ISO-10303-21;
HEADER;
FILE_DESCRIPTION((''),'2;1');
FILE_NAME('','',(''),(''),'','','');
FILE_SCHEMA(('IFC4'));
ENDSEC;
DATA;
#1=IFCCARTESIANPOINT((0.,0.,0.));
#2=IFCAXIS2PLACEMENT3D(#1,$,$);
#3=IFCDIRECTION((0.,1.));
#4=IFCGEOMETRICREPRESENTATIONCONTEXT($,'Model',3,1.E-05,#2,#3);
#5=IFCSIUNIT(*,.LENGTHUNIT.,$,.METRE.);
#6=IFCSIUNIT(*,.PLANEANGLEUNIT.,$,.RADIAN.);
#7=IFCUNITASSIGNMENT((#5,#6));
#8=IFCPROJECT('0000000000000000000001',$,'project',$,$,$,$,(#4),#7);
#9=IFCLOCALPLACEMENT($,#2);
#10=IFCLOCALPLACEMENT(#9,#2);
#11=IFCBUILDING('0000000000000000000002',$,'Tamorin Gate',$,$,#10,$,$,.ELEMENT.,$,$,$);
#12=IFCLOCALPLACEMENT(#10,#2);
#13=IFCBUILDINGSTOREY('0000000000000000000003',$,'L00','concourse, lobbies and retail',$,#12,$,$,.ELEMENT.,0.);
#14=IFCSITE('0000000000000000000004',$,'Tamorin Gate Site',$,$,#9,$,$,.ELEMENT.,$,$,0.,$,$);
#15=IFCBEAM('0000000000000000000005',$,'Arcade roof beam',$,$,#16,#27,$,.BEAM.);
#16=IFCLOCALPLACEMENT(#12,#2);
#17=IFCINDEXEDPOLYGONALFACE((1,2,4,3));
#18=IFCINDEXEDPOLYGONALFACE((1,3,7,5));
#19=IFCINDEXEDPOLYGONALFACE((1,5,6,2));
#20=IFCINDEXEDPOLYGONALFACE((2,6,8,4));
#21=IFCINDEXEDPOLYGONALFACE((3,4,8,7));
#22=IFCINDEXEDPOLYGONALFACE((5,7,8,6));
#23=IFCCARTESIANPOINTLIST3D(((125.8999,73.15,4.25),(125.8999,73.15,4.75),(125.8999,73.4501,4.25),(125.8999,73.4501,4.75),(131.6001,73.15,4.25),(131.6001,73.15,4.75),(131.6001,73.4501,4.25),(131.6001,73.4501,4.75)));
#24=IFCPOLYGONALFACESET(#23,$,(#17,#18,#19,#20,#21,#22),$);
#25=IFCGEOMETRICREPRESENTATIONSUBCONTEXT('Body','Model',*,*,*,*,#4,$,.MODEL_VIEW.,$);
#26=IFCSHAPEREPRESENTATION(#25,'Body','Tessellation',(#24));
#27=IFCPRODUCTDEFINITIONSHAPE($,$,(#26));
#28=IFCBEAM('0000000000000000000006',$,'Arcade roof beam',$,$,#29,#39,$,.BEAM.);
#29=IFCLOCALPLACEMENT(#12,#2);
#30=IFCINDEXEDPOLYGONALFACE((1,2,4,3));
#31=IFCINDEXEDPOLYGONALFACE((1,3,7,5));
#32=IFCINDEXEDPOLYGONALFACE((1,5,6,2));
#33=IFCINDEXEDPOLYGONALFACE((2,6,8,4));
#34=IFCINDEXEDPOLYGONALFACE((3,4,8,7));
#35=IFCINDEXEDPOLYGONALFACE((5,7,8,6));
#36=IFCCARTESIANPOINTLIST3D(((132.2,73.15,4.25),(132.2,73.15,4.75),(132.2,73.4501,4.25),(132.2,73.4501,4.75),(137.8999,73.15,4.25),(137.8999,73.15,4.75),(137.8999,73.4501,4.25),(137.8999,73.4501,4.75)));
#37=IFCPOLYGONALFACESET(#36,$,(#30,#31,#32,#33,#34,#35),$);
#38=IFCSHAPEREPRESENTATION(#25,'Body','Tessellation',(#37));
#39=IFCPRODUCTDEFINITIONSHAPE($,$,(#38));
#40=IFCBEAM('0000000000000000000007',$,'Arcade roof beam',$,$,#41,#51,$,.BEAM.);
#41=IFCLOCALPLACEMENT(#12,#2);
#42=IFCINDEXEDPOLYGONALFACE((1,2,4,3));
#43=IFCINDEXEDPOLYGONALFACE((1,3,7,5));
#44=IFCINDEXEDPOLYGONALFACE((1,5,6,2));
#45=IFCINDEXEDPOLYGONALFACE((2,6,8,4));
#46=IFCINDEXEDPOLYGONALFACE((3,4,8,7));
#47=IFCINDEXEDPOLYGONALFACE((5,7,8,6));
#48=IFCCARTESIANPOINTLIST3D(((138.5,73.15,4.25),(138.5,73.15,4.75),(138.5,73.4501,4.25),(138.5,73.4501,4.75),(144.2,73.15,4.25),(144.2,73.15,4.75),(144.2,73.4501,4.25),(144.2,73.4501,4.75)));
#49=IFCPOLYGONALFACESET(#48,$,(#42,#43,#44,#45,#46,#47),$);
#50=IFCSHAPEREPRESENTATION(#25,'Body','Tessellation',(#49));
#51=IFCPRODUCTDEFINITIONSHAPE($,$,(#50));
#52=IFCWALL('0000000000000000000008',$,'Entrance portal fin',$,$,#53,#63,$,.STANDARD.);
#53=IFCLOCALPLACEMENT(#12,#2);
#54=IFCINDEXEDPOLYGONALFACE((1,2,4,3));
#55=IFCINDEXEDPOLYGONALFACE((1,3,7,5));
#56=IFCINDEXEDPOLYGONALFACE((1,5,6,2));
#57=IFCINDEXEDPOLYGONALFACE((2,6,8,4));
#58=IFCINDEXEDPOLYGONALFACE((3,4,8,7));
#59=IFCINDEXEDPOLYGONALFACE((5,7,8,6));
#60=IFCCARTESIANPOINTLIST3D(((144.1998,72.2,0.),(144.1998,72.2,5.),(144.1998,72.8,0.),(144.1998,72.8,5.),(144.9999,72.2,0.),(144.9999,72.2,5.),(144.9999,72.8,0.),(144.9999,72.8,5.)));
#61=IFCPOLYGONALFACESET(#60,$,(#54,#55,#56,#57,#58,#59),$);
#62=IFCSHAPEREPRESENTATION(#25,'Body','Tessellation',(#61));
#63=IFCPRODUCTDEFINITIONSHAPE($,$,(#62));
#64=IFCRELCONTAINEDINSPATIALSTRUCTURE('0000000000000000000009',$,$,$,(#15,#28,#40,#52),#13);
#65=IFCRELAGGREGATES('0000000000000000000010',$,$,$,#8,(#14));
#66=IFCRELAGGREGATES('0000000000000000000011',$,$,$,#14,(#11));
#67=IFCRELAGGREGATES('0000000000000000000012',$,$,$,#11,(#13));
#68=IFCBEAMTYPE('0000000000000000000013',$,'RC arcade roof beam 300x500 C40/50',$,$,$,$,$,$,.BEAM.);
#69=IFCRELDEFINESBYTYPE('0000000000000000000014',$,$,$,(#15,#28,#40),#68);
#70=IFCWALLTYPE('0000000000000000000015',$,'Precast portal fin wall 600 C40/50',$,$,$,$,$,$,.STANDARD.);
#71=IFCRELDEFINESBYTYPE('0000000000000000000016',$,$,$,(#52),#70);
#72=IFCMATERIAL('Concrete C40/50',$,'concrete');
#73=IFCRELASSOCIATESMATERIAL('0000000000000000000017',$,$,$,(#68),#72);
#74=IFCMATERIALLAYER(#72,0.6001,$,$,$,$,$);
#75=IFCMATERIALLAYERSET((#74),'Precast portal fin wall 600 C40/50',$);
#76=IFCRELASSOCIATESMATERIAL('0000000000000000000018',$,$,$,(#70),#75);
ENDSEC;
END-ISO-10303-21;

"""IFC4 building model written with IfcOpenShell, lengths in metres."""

from ifc_helpers import new_model, si_unit, direction, frame, frame_2d, origin, origin_2d, place, context, subcontext, project, spatial, rectangle, extrude, material, layer, layer_set, material_profile, profile_set, type_object, element, save


model = new_model("IFC4")

# Units and contexts
model_context = context("Model", 3, precision=1e-05, world=origin(), true_north=direction((0.0, 1.0)))
body_context = subcontext(model_context, "Body", "Model", "MODEL_VIEW")
ifc_project = project(units=[si_unit("LENGTHUNIT", "METRE"), si_unit("PLANEANGLEUNIT", "RADIAN")], contexts=[model_context])

# Site, building, storey
site_placement = place(None, origin())
site = spatial("IfcSite", under=ifc_project, at=site_placement, Name="Tamorin Gate Site", CompositionType="ELEMENT", RefElevation=0.0)
building_placement = place(site_placement, origin())
building = spatial("IfcBuilding", under=site, at=building_placement, Name="Tamorin Gate", CompositionType="ELEMENT")
storey_placement = place(building_placement, origin())
storey = spatial("IfcBuildingStorey", under=building, at=storey_placement, Name="L00", Description="concourse, lobbies and retail", CompositionType="ELEMENT", Elevation=0.0)

# Shared definitions
ifc_material = material(Name="Concrete C40/50", Category="concrete")

# Beams
ifc_material_profile_1 = material_profile(ifc_material, rectangle(XDim=0.3, YDim=0.5, at=origin_2d()))
ifc_profile_set_1 = profile_set([ifc_material_profile_1], Name="Concrete C40/50")
beam_type = type_object("IfcBeamType", Name="RC arcade roof beam 300x500 C40/50", PredefinedType="BEAM", material=ifc_profile_set_1)
beam_placement = place(storey_placement, frame((125.8999, 73.3, 4.5), z_axis=(1.0, 0.0, 0.0), x_axis=(0.0, 1.0, 0.0)))
element("IfcBeam", 1, at=beam_placement, inside=storey, type_object=beam_type, Name="Arcade roof beam", PredefinedType="BEAM", context=body_context, shape_type="SweptSolid", body=[
    extrude(rectangle(XDim=0.3, YDim=0.5, at=origin_2d()), origin(), (0.0, 0.0, 1.0), 5.7002),
])
for number, where, z_axis, x_axis, name in (
    (2, (132.2, 73.3, 4.5), (1.0, 0.0, 0.0), (0.0, 1.0, 0.0), "Arcade roof beam"),
    (3, (138.5, 73.3, 4.5), (1.0, 0.0, 0.0), (0.0, 1.0, 0.0), "Arcade roof beam"),
):
    element("IfcBeam", number, at=place(storey_placement, frame(where, z_axis=z_axis, x_axis=x_axis)), inside=storey, type_object=beam_type, Name=name, PredefinedType="BEAM", context=body_context, shape_type="SweptSolid", body=[
        extrude(rectangle(XDim=0.3, YDim=0.5, at=origin_2d()), origin(), (0.0, 0.0, 1.0), 5.7),
    ])

# Wall
ifc_layer = layer(ifc_material, 0.6001)
ifc_layer_set = layer_set([ifc_layer], Name="Precast portal fin wall 600 C40/50")
wall_type = type_object("IfcWallType", Name="Precast portal fin wall 600 C40/50", PredefinedType="STANDARD", material=ifc_layer_set)
wall_placement = place(storey_placement, frame((144.2, 72.5, 0.0), z_axis=(0.0, 0.0, 1.0), x_axis=(1.0, 0.0, 0.0)))
element("IfcWall", 4, at=wall_placement, inside=storey, type_object=wall_type, Name="Entrance portal fin", PredefinedType="STANDARD", context=body_context, shape_type="SweptSolid", body=[
    extrude(rectangle(XDim=0.8, YDim=0.6001, at=frame_2d((0.3999, 0.0))), origin(), (0.0, 0.0, 1.0), 5.0),
])

save(model, "model.ifc")
